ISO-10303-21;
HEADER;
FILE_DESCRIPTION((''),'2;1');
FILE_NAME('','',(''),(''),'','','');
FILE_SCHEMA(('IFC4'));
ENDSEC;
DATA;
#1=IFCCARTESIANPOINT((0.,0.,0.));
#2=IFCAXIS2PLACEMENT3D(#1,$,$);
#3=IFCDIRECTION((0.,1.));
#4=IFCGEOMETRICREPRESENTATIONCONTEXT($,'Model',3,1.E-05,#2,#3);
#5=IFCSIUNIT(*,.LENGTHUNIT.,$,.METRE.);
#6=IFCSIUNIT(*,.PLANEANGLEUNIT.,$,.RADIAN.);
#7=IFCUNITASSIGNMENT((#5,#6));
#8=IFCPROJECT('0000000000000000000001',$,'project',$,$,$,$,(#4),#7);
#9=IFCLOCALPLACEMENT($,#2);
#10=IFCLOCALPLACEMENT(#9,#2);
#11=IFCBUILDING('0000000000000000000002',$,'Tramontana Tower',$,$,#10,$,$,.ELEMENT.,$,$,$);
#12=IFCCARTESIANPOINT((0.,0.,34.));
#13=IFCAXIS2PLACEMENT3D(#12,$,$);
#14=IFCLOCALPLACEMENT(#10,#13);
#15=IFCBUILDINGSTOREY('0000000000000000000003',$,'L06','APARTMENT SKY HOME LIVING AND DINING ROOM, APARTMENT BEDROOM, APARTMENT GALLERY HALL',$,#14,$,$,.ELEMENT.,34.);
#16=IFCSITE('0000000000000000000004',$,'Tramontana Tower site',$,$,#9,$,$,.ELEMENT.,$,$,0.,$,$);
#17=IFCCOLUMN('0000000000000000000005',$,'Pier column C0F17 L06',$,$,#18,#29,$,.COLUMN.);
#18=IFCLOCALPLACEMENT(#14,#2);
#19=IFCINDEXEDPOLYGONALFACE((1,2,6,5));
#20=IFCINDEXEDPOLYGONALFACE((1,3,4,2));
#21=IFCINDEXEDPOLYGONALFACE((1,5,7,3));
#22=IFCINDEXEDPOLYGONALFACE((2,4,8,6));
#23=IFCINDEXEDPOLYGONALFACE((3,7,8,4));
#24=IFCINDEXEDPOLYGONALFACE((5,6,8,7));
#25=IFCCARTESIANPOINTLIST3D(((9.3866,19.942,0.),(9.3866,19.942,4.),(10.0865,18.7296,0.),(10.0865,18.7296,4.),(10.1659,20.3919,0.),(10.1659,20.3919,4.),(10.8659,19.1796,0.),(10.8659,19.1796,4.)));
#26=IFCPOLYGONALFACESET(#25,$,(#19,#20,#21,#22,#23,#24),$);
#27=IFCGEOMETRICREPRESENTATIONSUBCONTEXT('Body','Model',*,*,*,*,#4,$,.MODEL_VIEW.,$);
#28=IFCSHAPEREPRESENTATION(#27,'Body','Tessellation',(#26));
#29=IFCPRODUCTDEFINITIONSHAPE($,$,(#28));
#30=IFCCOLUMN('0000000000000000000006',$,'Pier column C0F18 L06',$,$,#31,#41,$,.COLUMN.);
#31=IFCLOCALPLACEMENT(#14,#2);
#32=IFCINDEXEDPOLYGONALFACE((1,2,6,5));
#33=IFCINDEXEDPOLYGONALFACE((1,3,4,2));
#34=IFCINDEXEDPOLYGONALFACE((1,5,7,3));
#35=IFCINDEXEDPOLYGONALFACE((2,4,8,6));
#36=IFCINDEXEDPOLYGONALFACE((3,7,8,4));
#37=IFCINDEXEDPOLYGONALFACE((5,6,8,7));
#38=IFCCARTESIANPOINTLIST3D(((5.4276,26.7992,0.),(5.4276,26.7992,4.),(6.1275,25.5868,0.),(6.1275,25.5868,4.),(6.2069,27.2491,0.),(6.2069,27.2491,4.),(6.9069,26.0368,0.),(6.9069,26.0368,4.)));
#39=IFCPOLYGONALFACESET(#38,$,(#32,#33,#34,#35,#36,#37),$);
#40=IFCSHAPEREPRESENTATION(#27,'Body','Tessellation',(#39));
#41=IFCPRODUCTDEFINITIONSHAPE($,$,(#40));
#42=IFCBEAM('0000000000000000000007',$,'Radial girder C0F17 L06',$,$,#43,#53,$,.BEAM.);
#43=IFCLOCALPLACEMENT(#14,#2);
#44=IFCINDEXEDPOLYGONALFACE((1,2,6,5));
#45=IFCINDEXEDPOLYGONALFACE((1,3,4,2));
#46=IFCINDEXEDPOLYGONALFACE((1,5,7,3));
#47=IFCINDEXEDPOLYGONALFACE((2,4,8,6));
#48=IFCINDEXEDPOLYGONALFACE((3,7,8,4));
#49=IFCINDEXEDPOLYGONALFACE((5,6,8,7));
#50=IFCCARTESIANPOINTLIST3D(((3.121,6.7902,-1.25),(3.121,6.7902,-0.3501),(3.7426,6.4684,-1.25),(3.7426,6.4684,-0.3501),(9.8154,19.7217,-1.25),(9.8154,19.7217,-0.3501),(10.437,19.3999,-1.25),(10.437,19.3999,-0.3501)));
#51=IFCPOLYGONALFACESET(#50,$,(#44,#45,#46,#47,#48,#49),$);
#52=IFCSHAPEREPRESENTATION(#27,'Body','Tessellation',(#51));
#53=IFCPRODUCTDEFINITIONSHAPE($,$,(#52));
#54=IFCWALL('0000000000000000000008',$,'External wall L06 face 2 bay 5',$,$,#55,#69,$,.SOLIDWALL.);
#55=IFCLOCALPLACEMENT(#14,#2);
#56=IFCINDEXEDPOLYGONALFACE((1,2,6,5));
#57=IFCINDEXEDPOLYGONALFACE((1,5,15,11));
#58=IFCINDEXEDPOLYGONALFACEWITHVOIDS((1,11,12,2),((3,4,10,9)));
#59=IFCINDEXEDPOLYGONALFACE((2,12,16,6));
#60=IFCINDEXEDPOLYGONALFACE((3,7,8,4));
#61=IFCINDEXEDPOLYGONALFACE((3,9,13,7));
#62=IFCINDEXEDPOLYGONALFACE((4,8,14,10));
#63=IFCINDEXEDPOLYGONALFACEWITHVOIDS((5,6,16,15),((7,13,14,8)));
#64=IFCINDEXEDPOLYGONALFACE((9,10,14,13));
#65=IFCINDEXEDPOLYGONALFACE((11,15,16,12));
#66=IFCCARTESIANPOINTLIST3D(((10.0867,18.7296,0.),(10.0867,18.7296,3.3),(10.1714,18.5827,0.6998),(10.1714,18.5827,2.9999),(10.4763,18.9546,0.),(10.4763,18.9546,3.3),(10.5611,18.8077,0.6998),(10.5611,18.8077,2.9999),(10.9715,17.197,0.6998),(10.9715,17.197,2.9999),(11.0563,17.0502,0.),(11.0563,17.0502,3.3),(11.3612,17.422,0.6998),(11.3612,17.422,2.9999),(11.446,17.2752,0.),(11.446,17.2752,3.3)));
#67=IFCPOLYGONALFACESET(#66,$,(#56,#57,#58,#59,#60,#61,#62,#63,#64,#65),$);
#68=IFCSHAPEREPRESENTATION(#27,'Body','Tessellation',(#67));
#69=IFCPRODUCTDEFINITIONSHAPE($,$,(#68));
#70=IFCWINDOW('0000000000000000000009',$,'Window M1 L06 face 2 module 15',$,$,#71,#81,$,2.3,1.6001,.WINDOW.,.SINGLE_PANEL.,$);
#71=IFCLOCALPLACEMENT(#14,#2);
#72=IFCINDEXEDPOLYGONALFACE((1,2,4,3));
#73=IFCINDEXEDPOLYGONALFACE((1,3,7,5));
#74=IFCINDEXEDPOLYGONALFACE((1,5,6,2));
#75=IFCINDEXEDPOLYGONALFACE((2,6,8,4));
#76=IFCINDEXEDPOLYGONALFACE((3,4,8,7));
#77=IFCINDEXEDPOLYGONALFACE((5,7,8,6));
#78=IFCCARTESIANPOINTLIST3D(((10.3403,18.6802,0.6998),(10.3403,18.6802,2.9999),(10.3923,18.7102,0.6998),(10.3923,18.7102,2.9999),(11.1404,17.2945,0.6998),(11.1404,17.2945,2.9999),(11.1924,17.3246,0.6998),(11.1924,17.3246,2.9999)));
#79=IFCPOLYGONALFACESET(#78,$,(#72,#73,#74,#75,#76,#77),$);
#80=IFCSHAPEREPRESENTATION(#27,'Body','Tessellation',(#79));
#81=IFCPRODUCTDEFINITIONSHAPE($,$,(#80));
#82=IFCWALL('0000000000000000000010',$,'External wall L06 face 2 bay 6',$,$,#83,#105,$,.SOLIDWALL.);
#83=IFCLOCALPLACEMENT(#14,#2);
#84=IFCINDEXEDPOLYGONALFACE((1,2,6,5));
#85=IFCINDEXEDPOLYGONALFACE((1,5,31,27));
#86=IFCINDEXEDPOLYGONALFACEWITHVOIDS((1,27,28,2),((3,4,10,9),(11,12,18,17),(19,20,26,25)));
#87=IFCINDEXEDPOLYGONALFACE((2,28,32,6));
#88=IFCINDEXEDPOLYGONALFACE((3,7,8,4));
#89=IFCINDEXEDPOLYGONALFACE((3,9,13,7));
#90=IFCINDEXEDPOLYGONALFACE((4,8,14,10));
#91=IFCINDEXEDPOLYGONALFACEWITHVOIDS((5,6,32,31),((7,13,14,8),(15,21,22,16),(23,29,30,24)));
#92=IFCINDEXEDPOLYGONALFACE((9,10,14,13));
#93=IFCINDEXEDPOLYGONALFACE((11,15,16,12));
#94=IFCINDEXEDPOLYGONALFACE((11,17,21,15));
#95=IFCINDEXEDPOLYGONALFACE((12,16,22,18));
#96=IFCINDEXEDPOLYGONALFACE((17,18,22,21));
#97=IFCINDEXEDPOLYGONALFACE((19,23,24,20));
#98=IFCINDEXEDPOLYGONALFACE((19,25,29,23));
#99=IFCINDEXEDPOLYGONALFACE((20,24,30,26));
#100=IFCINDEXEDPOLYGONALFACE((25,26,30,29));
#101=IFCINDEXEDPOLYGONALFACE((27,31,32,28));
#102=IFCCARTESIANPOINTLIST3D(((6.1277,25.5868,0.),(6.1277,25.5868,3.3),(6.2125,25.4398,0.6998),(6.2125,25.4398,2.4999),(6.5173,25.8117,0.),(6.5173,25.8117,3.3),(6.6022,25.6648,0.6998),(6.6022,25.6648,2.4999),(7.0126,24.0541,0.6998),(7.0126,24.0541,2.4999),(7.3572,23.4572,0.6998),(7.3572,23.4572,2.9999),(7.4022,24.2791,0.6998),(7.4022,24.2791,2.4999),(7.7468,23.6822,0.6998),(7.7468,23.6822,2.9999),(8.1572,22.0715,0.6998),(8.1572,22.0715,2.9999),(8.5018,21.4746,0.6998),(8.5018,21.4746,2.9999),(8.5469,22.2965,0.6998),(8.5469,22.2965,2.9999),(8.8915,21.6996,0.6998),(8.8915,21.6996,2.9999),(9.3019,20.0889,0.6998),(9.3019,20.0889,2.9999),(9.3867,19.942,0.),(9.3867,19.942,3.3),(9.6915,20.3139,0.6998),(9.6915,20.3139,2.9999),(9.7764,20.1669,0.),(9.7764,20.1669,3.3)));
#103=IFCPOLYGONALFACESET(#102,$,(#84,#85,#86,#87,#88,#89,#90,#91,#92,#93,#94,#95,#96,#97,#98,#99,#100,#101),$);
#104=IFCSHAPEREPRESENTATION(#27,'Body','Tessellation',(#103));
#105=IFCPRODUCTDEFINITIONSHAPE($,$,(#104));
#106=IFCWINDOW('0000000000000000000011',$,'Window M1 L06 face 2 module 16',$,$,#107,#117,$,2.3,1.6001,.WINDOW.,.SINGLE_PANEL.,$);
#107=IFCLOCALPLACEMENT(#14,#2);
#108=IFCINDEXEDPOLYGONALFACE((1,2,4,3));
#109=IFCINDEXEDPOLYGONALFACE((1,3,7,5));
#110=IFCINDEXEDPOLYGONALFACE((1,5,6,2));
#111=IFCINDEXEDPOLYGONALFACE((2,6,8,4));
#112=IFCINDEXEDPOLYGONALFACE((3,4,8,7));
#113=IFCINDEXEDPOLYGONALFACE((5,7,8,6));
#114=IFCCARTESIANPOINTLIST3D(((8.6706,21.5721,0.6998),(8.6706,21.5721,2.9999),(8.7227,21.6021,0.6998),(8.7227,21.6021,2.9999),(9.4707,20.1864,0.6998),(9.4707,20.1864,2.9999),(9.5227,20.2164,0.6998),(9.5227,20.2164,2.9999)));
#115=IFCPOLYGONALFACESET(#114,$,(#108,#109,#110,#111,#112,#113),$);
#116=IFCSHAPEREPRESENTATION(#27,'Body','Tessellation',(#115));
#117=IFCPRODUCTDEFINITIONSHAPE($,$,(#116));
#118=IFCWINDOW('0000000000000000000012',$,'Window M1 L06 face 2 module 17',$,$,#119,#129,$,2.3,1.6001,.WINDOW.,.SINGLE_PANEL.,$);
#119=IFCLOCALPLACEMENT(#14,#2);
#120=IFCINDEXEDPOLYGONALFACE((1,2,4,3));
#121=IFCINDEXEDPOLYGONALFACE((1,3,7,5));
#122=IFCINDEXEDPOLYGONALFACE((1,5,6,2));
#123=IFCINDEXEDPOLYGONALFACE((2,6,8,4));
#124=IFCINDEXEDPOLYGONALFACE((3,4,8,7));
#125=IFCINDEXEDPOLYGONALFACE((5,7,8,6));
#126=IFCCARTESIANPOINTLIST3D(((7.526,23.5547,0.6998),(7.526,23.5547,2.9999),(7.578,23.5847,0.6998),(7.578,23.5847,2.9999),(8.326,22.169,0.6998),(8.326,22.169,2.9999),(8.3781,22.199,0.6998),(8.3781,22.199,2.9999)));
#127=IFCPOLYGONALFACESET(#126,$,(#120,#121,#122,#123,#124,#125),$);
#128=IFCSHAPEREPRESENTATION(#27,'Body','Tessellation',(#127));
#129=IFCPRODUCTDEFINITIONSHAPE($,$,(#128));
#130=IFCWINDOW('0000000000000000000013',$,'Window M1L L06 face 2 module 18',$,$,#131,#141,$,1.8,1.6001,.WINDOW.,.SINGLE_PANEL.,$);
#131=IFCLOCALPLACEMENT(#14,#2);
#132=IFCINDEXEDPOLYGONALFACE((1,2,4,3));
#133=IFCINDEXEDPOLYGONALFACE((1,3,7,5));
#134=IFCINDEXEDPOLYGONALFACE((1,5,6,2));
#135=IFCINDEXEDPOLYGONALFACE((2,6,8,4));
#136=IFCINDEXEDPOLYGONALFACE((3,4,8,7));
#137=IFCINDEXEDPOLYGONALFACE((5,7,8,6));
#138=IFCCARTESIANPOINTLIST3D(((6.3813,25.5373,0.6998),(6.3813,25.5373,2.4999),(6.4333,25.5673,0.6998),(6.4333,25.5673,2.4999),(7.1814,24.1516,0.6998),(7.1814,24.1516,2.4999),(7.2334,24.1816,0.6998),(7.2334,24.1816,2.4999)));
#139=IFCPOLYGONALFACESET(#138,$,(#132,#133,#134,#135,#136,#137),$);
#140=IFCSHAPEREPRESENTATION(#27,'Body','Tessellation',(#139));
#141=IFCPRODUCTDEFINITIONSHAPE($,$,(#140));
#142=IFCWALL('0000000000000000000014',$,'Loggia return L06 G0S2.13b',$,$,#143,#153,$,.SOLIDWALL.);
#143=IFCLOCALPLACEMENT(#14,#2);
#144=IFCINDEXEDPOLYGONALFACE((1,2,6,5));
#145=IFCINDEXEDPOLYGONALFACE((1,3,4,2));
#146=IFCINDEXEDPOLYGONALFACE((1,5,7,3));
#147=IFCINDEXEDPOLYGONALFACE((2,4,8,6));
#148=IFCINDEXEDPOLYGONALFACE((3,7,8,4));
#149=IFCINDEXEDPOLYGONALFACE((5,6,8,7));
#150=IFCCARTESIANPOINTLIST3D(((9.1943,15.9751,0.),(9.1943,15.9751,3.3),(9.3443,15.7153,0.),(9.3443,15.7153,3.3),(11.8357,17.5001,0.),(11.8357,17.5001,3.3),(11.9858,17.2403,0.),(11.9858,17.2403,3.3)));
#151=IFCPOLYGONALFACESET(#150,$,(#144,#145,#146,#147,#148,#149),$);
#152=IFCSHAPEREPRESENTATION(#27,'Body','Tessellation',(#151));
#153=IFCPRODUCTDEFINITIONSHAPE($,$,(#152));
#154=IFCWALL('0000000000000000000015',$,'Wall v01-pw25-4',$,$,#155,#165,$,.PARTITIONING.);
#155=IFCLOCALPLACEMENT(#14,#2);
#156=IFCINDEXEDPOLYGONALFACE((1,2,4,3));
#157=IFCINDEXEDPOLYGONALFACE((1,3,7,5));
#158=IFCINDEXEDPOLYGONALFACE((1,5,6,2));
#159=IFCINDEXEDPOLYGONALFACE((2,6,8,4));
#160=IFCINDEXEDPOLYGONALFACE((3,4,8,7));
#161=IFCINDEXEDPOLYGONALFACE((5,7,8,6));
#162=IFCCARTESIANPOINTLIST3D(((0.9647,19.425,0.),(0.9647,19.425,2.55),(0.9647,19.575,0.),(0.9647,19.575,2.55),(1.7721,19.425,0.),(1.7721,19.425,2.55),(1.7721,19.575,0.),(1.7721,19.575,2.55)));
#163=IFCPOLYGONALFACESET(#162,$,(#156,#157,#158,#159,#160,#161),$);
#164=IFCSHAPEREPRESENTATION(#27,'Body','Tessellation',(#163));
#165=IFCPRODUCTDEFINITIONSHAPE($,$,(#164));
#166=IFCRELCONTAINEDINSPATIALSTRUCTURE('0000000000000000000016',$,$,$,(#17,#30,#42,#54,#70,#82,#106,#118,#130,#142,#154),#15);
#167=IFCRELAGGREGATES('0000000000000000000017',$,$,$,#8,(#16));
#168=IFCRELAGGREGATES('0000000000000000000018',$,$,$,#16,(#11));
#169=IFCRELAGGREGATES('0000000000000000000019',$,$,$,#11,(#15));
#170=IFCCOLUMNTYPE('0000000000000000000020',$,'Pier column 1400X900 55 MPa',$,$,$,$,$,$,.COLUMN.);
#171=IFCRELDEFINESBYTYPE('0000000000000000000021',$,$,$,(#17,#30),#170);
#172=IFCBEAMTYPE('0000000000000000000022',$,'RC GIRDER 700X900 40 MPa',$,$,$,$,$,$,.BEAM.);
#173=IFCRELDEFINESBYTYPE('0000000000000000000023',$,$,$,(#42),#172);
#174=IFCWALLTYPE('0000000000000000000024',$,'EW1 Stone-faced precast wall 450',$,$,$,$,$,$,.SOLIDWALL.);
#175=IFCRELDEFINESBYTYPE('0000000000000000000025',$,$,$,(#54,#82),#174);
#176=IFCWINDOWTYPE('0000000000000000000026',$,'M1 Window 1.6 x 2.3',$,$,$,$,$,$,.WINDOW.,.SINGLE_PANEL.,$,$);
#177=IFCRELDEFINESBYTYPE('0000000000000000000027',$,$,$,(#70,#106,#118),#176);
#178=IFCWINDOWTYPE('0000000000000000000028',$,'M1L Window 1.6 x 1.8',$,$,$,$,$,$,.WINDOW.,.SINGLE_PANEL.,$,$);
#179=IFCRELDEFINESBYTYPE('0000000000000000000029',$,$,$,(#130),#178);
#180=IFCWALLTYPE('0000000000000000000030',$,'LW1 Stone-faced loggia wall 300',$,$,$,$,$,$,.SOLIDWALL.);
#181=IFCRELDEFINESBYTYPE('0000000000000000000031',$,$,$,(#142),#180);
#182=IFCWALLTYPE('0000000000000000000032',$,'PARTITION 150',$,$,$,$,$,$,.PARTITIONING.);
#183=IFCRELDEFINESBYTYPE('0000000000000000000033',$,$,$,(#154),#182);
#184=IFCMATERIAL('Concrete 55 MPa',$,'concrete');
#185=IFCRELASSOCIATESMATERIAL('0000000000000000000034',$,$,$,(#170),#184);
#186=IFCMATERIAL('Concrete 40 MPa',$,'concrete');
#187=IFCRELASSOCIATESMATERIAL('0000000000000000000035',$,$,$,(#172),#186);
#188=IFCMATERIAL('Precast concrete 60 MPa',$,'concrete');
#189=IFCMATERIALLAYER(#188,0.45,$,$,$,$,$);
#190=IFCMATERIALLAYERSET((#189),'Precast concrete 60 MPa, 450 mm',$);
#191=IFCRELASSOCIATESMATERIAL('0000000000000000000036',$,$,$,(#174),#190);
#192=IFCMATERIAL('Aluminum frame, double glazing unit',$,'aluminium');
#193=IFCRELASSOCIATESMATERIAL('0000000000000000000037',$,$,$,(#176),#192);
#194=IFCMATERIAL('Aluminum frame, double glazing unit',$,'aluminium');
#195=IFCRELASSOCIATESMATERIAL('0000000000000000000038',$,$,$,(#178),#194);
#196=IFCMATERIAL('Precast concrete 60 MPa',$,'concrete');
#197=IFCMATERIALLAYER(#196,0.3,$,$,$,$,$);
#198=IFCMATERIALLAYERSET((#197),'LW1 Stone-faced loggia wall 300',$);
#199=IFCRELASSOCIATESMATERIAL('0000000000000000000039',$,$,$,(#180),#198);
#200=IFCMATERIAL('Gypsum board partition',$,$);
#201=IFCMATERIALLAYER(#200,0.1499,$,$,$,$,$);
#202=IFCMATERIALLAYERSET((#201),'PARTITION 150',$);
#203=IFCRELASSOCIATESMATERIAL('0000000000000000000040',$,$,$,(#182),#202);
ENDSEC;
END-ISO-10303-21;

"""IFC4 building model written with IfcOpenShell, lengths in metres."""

from ifc_helpers import new_model, si_unit, direction, frame, frame_2d, origin, origin_2d, place, context, subcontext, project, spatial, rectangle, extrude, material, layer, layer_set, material_profile, profile_set, type_object, element, fill, save


model = new_model("IFC4")

# Units and contexts
model_context = context("Model", 3, precision=1e-05, world=origin(), true_north=direction((0.0, 1.0)))
body_context = subcontext(model_context, "Body", "Model", "MODEL_VIEW")
ifc_project = project(units=[si_unit("LENGTHUNIT", "METRE"), si_unit("PLANEANGLEUNIT", "RADIAN")], contexts=[model_context])

# Site, building, storey
site_placement = place(None, origin())
site = spatial("IfcSite", under=ifc_project, at=site_placement, Name="Tramontana Tower site", CompositionType="ELEMENT", RefElevation=0.0)
building_placement = place(site_placement, origin())
building = spatial("IfcBuilding", under=site, at=building_placement, Name="Tramontana Tower", CompositionType="ELEMENT")
storey_placement = place(building_placement, frame((0.0, 0.0, 34.0)))
storey = spatial("IfcBuildingStorey", under=building, at=storey_placement, Name="L06", Description="APARTMENT SKY HOME LIVING AND DINING ROOM, APARTMENT BEDROOM, APARTMENT GALLERY HALL", CompositionType="ELEMENT", Elevation=34.0)

# Columns
ifc_material_1 = material(Name="Concrete 55 MPa", Category="concrete")
ifc_material_profile_1 = material_profile(ifc_material_1, rectangle(XDim=1.3999, YDim=0.8999, at=origin_2d()), Name="Pier column 1400X900 55 MPa")
ifc_profile_set_1 = profile_set([ifc_material_profile_1], Name="Concrete 55 MPa")
column_type = type_object("IfcColumnType", Name="Pier column 1400X900 55 MPa", PredefinedType="COLUMN", material=ifc_profile_set_1)
for number, where, z_axis, x_axis, name in (
    (1, (10.1262, 19.5608, 0.0), (0.0, 0.0, 1.0), (-0.5, 0.866025, 0.0), "Pier column C0F17 L06"),
    (2, (6.1672, 26.418, 0.0), (0.0, 0.0, 1.0), (-0.5, 0.866025, 0.0), "Pier column C0F18 L06"),
):
    element("IfcColumn", number, at=place(storey_placement, frame(where, z_axis=z_axis, x_axis=x_axis)), inside=storey, type_object=column_type, Name=name, PredefinedType="COLUMN", context=body_context, shape_type="SweptSolid", body=[
        extrude(rectangle(XDim=1.3999, YDim=0.8999, at=origin_2d()), origin(), (0.0, 0.0, 1.0), 4.0),
    ])

# Beam
ifc_material_2 = material(Name="Concrete 40 MPa", Category="concrete")
ifc_material_profile_2 = material_profile(ifc_material_2, rectangle(XDim=0.7, YDim=0.8999, at=origin_2d()), Name="RC GIRDER 700X900 40 MPa")
ifc_profile_set_2 = profile_set([ifc_material_profile_2], Name="Concrete 40 MPa")
beam_type = type_object("IfcBeamType", Name="RC GIRDER 700X900 40 MPa", PredefinedType="BEAM", material=ifc_profile_set_2)
beam_placement = place(storey_placement, frame((10.1262, 19.5608, -0.8), z_axis=(-0.459731, -0.888058, 0.0), x_axis=(0.888058, -0.459731, 0.0)))
element("IfcBeam", 3, at=beam_placement, inside=storey, type_object=beam_type, Name="Radial girder C0F17 L06", PredefinedType="BEAM", context=body_context, shape_type="SweptSolid", body=[
    extrude(rectangle(XDim=0.7, YDim=0.8999, at=origin_2d()), origin(), (0.0, 0.0, 1.0), 14.5615),
])

# Wall, opening, window
ifc_material_3 = material(Name="Precast concrete 60 MPa", Category="concrete")
ifc_layer_1 = layer(ifc_material_3, 0.45)
ifc_layer_set_1 = layer_set([ifc_layer_1], Name="Precast concrete 60 MPa, 450 mm")
wall_type_1 = type_object("IfcWallType", Name="EW1 Stone-faced precast wall 450", PredefinedType="SOLIDWALL", material=ifc_layer_set_1)
wall_1_placement = place(storey_placement, frame((11.2512, 17.1626, 0.0), z_axis=(0.0, 0.0, 1.0), x_axis=(-0.500038, 0.866003, 0.0)))
wall_1 = element("IfcWall", 4, at=wall_1_placement, inside=storey, type_object=wall_type_1, Name="External wall L06 face 2 bay 5", PredefinedType="SOLIDWALL", context=body_context, shape_type="SweptSolid", body=[
    extrude(rectangle(XDim=1.9392, YDim=0.45, at=frame_2d((0.9697, 0.0))), origin(), (0.0, 0.0, 1.0), 3.3),
])
opening_1_placement = place(wall_1_placement, frame((0.1697, 0.0, 0.7)))
opening_1 = element("IfcOpeningElement", 5, at=opening_1_placement, cuts=wall_1, PredefinedType="OPENING", context=body_context, shape_type="SweptSolid", body=[
    extrude(rectangle(XDim=1.6001, YDim=2.3, at=frame_2d((0.8, 1.1499))), frame((0.0, 0.2349, 0.0), z_axis=(0.0, -1.0, 0.0), x_axis=(1.0, 0.0, 0.0)), (0.0, 0.0, 1.0), 0.47),
])
ifc_material_4 = material(Name="Aluminum frame, double glazing unit", Category="aluminium")
window_type_1 = type_object("IfcWindowType", Name="M1 Window 1.6 x 2.3", PartitioningType="SINGLE_PANEL", PredefinedType="WINDOW", material=ifc_material_4)
window_1_placement = place(opening_1_placement, origin())
window_1 = element("IfcWindow", 6, at=window_1_placement, inside=storey, type_object=window_type_1, Name="Window M1 L06 face 2 module 15", OverallHeight=2.3, OverallWidth=1.6001, PartitioningType="SINGLE_PANEL", PredefinedType="WINDOW", context=body_context, shape_type="SweptSolid", body=[
    extrude(rectangle(XDim=1.6001, YDim=2.3, at=frame_2d((0.8, 1.1499))), frame((0.0, 0.03, 0.0), z_axis=(0.0, -1.0, 0.0), x_axis=(1.0, 0.0, 0.0)), (0.0, 0.0, 1.0), 0.0601),
])
fill(opening_1, window_1)

# Wall, openings, windows
wall_2_placement = place(storey_placement, frame((9.5815, 20.0544, 0.0), z_axis=(0.0, 0.0, 1.0), x_axis=(-0.500002, 0.866024, 0.0)))
wall_2 = element("IfcWall", 7, at=wall_2_placement, inside=storey, type_object=wall_type_1, Name="External wall L06 face 2 bay 6", PredefinedType="SOLIDWALL", context=body_context, shape_type="SweptSolid", body=[
    extrude(rectangle(XDim=6.5181, YDim=0.45, at=frame_2d((3.259, 0.0))), origin(), (0.0, 0.0, 1.0), 3.3),
])
opening_2_placement = place(wall_2_placement, frame((0.1697, 0.0, 0.7)))
opening_2 = element("IfcOpeningElement", 8, at=opening_2_placement, cuts=wall_2, PredefinedType="OPENING", context=body_context, shape_type="SweptSolid", body=[
    extrude(rectangle(XDim=1.6001, YDim=2.3, at=frame_2d((0.8, 1.1499))), frame((0.0, 0.2349, 0.0), z_axis=(0.0, -1.0, 0.0), x_axis=(1.0, 0.0, 0.0)), (0.0, 0.0, 1.0), 0.47),
])
opening_3_placement = place(wall_2_placement, frame((2.459, 0.0, 0.7)))
opening_3 = element("IfcOpeningElement", 9, at=opening_3_placement, cuts=wall_2, PredefinedType="OPENING", context=body_context, shape_type="SweptSolid", body=[
    extrude(rectangle(XDim=1.6001, YDim=2.3, at=frame_2d((0.8, 1.1499))), frame((0.0, 0.2349, 0.0), z_axis=(0.0, -1.0, 0.0), x_axis=(1.0, 0.0, 0.0)), (0.0, 0.0, 1.0), 0.47),
])
opening_4_placement = place(wall_2_placement, frame((4.7483, 0.0, 0.7)))
opening_4 = element("IfcOpeningElement", 10, at=opening_4_placement, cuts=wall_2, PredefinedType="OPENING", context=body_context, shape_type="SweptSolid", body=[
    extrude(rectangle(XDim=1.6001, YDim=1.8, at=frame_2d((0.8, 0.8999))), frame((0.0, 0.2349, 0.0), z_axis=(0.0, -1.0, 0.0), x_axis=(1.0, 0.0, 0.0)), (0.0, 0.0, 1.0), 0.47),
])
window_2_placement = place(opening_2_placement, origin())
window_2 = element("IfcWindow", 11, at=window_2_placement, inside=storey, type_object=window_type_1, Name="Window M1 L06 face 2 module 16", OverallHeight=2.3, OverallWidth=1.6001, PartitioningType="SINGLE_PANEL", PredefinedType="WINDOW", context=body_context, shape_type="SweptSolid", body=[
    extrude(rectangle(XDim=1.6001, YDim=2.3, at=frame_2d((0.8, 1.1499))), frame((0.0, 0.03, 0.0), z_axis=(0.0, -1.0, 0.0), x_axis=(1.0, 0.0, 0.0)), (0.0, 0.0, 1.0), 0.0601),
])
fill(opening_2, window_2)
window_3_placement = place(opening_3_placement, origin())
window_3 = element("IfcWindow", 12, at=window_3_placement, inside=storey, type_object=window_type_1, Name="Window M1 L06 face 2 module 17", OverallHeight=2.3, OverallWidth=1.6001, PartitioningType="SINGLE_PANEL", PredefinedType="WINDOW", context=body_context, shape_type="SweptSolid", body=[
    extrude(rectangle(XDim=1.6001, YDim=2.3, at=frame_2d((0.8, 1.1499))), frame((0.0, 0.03, 0.0), z_axis=(0.0, -1.0, 0.0), x_axis=(1.0, 0.0, 0.0)), (0.0, 0.0, 1.0), 0.0601),
])
fill(opening_3, window_3)
ifc_material_5 = material(Name="Aluminum frame, double glazing unit", Category="aluminium")
window_type_2 = type_object("IfcWindowType", Name="M1L Window 1.6 x 1.8", PartitioningType="SINGLE_PANEL", PredefinedType="WINDOW", material=ifc_material_5)
window_4_placement = place(opening_4_placement, origin())
window_4 = element("IfcWindow", 13, at=window_4_placement, inside=storey, type_object=window_type_2, Name="Window M1L L06 face 2 module 18", OverallHeight=1.8, OverallWidth=1.6001, PartitioningType="SINGLE_PANEL", PredefinedType="WINDOW", context=body_context, shape_type="SweptSolid", body=[
    extrude(rectangle(XDim=1.6001, YDim=1.8, at=frame_2d((0.8, 0.8999))), frame((0.0, 0.03, 0.0), z_axis=(0.0, -1.0, 0.0), x_axis=(1.0, 0.0, 0.0)), (0.0, 0.0, 1.0), 0.0601),
])
fill(opening_4, window_4)

# Walls
ifc_material_6 = material(Name="Precast concrete 60 MPa", Category="concrete")
ifc_layer_2 = layer(ifc_material_6, 0.3)
ifc_layer_set_2 = layer_set([ifc_layer_2], Name="LW1 Stone-faced loggia wall 300")
wall_type_2 = type_object("IfcWallType", Name="LW1 Stone-faced loggia wall 300", PredefinedType="SOLIDWALL", material=ifc_layer_set_2)
wall_3_placement = place(storey_placement, frame((11.9106, 17.3701, 0.0), z_axis=(0.0, 0.0, 1.0), x_axis=(-0.866038, -0.499979, 0.0)))
element("IfcWall", 14, at=wall_3_placement, inside=storey, type_object=wall_type_2, Name="Loggia return L06 G0S2.13b", PredefinedType="SOLIDWALL", context=body_context, shape_type="SweptSolid", body=[
    extrude(rectangle(XDim=3.05, YDim=0.3, at=frame_2d((1.5249, 0.0))), origin(), (0.0, 0.0, 1.0), 3.3),
])
ifc_material_7 = material(Name="Gypsum board partition")
ifc_layer_3 = layer(ifc_material_7, 0.1499)
ifc_layer_set_3 = layer_set([ifc_layer_3], Name="PARTITION 150")
wall_type_3 = type_object("IfcWallType", Name="PARTITION 150", PredefinedType="PARTITIONING", material=ifc_layer_set_3)
wall_4_placement = place(storey_placement, frame((0.9646, 19.5, 0.0), z_axis=(0.0, 0.0, 1.0), x_axis=(1.0, 0.0, 0.0)))
element("IfcWall", 15, at=wall_4_placement, inside=storey, type_object=wall_type_3, Name="Wall v01-pw25-4", PredefinedType="PARTITIONING", context=body_context, shape_type="SweptSolid", body=[
    extrude(rectangle(XDim=0.8074, YDim=0.1499, at=frame_2d((0.4038, 0.0))), origin(), (0.0, 0.0, 1.0), 2.55),
])

save(model, "model.ifc")
